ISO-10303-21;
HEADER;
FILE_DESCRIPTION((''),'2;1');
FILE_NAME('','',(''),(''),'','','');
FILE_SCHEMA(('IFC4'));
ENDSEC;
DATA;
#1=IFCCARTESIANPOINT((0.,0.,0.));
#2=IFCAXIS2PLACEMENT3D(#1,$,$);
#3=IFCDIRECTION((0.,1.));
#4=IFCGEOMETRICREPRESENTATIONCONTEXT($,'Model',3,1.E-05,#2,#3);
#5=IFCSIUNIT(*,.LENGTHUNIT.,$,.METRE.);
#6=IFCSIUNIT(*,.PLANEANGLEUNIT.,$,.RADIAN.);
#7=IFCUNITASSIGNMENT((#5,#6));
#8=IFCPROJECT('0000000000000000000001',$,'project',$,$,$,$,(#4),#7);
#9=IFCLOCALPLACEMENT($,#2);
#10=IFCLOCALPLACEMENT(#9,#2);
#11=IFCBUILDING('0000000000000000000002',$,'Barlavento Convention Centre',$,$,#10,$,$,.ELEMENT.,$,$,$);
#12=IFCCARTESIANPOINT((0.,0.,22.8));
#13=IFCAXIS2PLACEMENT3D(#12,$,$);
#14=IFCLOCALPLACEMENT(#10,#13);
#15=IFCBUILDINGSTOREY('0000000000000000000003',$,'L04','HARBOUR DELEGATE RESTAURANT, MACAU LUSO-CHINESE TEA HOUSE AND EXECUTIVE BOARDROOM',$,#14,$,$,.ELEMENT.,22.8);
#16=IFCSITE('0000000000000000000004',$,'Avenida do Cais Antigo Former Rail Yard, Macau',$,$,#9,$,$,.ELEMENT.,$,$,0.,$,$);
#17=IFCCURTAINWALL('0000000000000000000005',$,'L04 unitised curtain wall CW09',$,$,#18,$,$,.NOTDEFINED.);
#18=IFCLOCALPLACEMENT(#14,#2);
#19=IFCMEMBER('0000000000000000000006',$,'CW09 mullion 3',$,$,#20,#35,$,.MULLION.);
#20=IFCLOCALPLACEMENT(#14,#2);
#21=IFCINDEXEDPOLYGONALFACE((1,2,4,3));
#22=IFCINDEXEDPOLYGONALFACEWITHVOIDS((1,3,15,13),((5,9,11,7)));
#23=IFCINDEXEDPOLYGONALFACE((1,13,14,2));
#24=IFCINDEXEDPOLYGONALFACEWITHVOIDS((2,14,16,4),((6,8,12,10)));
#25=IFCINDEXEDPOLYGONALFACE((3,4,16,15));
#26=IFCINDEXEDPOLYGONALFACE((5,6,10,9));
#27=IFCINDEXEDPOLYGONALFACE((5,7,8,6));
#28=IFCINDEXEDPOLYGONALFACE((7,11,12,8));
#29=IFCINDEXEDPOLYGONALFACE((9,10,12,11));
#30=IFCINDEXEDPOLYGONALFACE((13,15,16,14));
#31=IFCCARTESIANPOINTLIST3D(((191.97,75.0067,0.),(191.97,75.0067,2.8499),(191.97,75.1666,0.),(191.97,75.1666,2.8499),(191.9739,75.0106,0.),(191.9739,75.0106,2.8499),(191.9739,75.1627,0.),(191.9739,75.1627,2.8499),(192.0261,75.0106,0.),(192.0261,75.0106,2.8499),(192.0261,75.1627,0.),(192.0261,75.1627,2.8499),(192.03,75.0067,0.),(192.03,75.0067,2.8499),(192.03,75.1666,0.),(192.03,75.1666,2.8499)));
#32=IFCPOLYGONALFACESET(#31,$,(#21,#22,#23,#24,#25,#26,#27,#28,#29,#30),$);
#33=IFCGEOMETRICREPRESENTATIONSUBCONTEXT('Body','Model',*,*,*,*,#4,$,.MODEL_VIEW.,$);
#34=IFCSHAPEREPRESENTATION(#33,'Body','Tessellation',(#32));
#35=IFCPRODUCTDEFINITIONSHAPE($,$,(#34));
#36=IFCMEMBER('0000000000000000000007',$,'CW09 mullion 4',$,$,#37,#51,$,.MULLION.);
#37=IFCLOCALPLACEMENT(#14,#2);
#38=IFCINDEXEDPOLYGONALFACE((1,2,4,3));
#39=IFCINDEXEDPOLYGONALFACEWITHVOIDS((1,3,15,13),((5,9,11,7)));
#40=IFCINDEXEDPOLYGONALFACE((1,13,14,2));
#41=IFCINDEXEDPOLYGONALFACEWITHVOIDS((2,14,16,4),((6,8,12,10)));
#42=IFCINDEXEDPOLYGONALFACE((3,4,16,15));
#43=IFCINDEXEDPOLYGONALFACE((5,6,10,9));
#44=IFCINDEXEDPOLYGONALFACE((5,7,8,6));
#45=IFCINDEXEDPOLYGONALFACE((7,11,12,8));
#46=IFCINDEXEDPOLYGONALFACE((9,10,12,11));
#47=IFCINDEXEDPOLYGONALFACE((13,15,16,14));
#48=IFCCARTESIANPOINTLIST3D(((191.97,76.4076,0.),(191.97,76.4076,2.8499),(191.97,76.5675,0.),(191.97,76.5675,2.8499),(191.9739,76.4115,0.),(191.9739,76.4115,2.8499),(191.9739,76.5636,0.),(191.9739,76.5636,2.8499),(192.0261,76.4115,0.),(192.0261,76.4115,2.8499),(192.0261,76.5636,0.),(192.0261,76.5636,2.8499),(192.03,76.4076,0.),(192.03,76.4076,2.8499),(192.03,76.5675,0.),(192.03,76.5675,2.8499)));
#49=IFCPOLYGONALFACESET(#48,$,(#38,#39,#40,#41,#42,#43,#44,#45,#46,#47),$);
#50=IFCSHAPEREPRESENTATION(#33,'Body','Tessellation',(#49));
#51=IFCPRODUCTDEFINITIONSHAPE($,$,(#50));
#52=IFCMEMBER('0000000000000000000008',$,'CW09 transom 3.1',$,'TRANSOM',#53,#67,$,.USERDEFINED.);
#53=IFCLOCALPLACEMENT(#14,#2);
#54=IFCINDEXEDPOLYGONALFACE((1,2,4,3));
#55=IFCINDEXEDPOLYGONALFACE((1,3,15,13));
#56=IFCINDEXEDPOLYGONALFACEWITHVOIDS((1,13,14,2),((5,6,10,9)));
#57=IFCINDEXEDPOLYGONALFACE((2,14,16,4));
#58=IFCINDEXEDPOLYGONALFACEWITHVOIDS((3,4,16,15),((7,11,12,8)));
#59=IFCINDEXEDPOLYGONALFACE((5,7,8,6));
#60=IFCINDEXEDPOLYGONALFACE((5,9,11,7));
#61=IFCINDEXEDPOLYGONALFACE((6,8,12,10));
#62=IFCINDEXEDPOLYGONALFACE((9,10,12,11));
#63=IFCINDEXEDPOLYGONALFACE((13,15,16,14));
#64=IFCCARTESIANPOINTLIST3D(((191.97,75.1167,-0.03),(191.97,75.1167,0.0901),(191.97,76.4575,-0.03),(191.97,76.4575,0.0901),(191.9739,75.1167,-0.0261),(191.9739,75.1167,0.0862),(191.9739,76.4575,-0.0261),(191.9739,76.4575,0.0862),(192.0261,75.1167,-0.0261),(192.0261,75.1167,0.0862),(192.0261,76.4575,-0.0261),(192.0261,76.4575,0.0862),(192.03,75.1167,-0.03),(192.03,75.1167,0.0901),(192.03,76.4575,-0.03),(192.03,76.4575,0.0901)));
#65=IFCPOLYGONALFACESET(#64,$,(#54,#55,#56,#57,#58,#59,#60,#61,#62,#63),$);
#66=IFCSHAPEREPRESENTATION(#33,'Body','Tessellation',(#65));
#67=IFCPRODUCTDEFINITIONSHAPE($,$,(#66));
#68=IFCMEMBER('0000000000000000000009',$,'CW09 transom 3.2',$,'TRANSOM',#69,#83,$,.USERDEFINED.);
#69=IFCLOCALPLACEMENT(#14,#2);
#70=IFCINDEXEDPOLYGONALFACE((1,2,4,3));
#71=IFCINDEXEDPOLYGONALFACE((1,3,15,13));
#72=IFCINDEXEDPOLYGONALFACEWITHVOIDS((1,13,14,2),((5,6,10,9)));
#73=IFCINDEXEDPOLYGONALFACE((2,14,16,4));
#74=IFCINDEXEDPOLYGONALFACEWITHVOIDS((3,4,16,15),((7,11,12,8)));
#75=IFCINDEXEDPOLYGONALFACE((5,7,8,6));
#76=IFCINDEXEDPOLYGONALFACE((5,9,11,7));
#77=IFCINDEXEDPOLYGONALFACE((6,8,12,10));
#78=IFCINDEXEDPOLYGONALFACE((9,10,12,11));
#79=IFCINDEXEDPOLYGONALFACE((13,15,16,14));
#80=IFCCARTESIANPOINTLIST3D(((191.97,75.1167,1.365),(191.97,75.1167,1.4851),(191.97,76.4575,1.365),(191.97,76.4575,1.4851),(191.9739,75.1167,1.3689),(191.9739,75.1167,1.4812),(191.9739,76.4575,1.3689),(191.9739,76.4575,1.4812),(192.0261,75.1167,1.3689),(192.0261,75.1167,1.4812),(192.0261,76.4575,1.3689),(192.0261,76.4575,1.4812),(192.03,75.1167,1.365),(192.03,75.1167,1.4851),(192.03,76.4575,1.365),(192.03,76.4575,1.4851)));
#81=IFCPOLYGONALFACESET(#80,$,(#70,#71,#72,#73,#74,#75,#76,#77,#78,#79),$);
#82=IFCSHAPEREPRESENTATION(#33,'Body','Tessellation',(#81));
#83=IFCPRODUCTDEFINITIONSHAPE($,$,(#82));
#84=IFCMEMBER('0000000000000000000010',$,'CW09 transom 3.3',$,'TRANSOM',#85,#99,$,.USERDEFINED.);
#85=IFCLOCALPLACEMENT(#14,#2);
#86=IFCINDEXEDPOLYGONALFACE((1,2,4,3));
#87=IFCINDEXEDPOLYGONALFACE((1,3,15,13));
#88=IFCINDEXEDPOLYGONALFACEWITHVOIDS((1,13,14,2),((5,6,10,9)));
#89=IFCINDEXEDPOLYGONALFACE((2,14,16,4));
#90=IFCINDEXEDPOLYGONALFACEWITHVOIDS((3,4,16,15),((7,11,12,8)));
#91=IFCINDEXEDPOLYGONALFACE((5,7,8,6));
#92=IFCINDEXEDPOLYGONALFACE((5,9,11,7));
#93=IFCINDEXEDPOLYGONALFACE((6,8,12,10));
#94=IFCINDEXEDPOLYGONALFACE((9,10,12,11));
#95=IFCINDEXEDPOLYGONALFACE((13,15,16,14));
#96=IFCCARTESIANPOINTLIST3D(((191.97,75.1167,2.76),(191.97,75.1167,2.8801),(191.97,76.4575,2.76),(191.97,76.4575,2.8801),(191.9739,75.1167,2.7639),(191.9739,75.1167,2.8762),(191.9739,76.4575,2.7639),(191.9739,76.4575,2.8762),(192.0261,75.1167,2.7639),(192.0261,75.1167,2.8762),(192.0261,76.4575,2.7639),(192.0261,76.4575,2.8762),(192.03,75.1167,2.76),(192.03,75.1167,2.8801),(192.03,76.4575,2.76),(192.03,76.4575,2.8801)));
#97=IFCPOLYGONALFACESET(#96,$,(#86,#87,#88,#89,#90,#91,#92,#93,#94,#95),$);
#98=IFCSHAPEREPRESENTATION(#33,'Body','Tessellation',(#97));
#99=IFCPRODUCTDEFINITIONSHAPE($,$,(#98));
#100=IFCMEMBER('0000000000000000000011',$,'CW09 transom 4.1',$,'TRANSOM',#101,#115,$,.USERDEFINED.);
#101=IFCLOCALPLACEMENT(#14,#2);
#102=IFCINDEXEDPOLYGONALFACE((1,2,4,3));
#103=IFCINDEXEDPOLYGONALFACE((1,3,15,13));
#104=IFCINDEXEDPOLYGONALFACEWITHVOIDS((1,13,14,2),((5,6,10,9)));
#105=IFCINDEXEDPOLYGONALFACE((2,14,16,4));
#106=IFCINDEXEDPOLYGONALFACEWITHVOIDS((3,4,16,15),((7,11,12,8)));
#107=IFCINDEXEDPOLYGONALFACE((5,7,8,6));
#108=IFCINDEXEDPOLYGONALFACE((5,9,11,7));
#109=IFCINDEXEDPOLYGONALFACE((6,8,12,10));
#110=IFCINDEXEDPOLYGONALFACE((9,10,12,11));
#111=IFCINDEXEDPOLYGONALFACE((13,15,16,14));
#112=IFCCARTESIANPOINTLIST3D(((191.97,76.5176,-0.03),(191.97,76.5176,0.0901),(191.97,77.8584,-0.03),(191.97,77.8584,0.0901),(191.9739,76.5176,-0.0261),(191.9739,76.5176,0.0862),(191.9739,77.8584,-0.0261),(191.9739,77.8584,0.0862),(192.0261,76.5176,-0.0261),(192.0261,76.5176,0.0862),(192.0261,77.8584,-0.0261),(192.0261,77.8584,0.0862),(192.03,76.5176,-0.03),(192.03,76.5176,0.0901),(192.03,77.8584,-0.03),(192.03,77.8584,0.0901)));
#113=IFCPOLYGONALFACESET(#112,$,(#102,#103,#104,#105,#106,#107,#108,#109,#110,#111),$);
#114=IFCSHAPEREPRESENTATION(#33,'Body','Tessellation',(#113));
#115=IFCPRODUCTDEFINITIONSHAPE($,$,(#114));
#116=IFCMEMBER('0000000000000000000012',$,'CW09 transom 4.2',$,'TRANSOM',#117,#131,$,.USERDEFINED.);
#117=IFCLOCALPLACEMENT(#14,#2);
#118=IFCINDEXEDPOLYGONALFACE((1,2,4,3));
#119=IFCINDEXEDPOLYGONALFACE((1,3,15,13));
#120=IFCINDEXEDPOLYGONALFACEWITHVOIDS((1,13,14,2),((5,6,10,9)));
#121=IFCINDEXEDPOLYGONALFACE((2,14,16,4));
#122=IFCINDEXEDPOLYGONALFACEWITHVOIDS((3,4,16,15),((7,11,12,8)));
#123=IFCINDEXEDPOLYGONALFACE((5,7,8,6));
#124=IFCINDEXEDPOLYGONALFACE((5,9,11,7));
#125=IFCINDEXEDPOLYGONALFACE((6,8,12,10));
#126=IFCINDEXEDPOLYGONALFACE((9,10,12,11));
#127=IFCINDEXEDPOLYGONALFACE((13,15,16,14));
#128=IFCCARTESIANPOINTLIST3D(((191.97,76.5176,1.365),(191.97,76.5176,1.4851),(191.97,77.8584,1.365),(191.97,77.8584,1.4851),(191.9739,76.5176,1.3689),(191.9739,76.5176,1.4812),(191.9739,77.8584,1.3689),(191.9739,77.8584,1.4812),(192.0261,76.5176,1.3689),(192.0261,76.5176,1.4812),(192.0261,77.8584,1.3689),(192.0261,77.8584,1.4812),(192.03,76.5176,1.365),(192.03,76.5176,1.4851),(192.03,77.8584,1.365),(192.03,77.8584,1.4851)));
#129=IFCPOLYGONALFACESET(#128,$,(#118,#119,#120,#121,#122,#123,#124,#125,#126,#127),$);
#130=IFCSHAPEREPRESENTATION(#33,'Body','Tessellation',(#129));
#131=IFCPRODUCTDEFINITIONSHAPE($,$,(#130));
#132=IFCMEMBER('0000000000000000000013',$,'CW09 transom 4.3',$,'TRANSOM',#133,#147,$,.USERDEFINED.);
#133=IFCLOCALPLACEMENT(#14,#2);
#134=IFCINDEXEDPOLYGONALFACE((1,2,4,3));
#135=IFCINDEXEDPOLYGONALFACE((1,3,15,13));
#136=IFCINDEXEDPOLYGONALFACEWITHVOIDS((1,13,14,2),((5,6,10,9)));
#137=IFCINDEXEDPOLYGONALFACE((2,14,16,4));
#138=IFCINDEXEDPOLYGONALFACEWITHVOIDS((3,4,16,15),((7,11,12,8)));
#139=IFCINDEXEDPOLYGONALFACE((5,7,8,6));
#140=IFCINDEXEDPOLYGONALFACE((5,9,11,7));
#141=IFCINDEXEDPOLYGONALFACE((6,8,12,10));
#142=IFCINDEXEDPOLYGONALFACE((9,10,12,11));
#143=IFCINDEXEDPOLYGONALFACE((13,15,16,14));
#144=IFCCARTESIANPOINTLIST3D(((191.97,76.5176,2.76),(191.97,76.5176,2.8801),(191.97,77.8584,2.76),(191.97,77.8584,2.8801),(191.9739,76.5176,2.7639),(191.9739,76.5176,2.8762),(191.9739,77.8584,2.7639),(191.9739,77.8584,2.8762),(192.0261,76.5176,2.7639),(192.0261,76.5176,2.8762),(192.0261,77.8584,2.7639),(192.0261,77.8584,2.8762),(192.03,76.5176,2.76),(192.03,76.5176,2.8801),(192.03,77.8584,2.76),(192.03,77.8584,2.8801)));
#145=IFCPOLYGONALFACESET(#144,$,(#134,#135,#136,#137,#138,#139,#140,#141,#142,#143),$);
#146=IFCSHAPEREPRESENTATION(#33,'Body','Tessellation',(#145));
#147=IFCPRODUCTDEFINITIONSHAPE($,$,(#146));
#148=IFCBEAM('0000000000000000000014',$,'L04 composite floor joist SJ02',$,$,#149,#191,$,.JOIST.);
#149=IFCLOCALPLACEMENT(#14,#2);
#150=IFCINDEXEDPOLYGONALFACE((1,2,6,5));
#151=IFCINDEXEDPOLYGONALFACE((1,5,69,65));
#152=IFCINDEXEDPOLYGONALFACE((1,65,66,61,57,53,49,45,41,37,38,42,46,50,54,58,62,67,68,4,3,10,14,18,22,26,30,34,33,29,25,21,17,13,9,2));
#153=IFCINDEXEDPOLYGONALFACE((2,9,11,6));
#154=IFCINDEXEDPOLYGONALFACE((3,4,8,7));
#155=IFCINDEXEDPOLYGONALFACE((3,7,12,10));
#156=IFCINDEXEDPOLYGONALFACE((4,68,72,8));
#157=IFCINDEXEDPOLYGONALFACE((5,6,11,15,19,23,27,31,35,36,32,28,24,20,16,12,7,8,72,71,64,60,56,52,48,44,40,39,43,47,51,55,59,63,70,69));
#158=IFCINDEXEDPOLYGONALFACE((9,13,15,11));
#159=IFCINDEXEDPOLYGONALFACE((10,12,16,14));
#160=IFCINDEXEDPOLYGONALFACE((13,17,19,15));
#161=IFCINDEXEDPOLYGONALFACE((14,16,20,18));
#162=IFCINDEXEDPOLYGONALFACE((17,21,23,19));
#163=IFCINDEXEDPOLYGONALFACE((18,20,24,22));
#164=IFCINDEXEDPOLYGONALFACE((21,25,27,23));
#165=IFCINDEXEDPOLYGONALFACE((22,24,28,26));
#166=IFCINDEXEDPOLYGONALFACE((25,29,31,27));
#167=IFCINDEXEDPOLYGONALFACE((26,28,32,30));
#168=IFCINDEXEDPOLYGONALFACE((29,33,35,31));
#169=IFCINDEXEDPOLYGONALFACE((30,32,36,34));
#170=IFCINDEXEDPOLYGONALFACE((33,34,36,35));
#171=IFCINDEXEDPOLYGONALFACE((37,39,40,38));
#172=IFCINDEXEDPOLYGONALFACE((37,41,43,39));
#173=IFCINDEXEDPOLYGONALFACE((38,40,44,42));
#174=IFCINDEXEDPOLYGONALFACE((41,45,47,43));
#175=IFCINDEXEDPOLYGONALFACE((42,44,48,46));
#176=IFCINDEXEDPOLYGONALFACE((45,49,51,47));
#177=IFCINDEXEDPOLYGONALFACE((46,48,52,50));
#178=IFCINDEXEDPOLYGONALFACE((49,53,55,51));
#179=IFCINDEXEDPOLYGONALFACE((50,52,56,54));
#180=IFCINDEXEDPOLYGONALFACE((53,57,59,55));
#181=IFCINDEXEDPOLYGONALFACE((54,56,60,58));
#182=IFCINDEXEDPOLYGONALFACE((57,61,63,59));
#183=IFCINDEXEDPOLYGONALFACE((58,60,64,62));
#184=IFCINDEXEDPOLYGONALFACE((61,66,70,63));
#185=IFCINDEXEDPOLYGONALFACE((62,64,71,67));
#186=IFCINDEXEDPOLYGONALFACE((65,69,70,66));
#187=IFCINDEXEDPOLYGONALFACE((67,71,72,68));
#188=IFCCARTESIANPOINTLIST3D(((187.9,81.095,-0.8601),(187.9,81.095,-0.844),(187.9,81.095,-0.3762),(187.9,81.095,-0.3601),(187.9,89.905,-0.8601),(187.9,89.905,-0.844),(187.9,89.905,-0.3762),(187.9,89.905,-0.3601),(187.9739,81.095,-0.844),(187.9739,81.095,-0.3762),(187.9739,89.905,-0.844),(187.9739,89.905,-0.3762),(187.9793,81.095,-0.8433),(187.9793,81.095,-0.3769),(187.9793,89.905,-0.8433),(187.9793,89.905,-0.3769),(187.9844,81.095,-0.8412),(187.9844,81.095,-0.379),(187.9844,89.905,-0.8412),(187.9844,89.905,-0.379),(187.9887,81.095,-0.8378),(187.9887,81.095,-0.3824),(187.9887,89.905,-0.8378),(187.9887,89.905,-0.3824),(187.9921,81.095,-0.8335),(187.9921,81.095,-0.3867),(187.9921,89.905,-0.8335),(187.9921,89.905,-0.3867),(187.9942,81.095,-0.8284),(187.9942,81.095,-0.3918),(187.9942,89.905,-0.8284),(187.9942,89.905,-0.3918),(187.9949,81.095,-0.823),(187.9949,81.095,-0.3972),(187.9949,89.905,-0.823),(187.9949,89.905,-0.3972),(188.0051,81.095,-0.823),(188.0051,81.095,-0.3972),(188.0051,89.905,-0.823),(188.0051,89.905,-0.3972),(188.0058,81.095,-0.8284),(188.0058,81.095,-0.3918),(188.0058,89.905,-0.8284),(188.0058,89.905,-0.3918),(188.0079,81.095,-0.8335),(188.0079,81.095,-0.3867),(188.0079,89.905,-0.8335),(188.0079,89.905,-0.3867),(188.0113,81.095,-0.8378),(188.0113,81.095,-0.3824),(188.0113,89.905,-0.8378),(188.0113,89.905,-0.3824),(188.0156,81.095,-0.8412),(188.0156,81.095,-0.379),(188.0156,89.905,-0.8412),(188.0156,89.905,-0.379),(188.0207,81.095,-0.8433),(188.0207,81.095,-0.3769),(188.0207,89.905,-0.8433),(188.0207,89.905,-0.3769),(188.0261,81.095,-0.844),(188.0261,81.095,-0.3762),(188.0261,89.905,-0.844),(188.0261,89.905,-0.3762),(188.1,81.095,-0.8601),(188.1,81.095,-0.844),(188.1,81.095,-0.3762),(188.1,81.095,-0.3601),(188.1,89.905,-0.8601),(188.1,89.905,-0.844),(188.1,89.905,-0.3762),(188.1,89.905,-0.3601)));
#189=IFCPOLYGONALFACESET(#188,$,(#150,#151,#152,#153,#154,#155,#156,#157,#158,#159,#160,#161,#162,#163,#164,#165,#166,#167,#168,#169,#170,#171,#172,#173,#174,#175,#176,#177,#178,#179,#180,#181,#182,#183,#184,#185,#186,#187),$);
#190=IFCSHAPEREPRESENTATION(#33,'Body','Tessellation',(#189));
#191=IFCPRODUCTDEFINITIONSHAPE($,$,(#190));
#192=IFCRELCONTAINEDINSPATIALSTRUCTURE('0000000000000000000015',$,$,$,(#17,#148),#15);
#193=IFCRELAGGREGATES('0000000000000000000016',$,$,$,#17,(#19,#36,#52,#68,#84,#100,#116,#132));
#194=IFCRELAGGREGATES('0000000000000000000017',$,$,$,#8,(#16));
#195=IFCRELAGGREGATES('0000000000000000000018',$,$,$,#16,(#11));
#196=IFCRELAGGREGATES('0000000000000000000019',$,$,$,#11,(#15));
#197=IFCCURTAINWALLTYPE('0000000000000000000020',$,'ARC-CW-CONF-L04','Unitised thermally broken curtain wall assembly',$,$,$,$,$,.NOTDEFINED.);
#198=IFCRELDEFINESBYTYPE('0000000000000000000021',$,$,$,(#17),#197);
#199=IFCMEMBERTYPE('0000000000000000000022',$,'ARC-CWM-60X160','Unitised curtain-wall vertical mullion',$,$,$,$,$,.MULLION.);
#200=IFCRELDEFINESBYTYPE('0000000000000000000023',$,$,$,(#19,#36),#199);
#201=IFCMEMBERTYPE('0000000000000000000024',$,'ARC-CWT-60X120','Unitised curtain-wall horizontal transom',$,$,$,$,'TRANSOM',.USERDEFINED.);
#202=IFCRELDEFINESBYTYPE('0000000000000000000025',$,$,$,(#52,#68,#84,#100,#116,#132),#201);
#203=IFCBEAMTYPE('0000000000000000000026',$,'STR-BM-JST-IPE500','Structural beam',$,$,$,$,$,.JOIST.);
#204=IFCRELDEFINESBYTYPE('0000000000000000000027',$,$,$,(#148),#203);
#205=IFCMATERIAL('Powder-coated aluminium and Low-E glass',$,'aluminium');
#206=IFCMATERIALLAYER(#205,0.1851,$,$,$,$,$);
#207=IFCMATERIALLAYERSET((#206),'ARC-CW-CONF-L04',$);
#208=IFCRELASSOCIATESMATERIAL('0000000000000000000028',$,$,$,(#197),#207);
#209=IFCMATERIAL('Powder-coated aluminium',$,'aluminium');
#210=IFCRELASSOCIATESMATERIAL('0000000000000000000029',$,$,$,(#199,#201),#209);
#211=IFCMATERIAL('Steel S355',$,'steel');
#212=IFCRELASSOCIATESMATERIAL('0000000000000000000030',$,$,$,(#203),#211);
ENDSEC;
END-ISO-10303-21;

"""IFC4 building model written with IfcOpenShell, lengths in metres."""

from ifc_helpers import new_model, si_unit, direction, frame, origin, origin_2d, place, context, subcontext, project, spatial, hollow_rectangle, i_section, extrude, material, layer, layer_set, material_profile, profile_set, type_object, element, aggregate, save


model = new_model("IFC4")

# Units and contexts
model_context = context("Model", 3, precision=1e-05, world=origin(), true_north=direction((0.0, 1.0)))
body_context = subcontext(model_context, "Body", "Model", "MODEL_VIEW")
ifc_project = project(units=[si_unit("LENGTHUNIT", "METRE"), si_unit("PLANEANGLEUNIT", "RADIAN")], contexts=[model_context])

# Site, building, storey
site_placement = place(None, origin())
site = spatial("IfcSite", under=ifc_project, at=site_placement, Name="Avenida do Cais Antigo Former Rail Yard, Macau", CompositionType="ELEMENT", RefElevation=0.0)
building_placement = place(site_placement, origin())
building = spatial("IfcBuilding", under=site, at=building_placement, Name="Barlavento Convention Centre", CompositionType="ELEMENT")
storey_placement = place(building_placement, frame((0.0, 0.0, 22.8)))
storey = spatial("IfcBuildingStorey", under=building, at=storey_placement, Name="L04", Description="HARBOUR DELEGATE RESTAURANT, MACAU LUSO-CHINESE TEA HOUSE AND EXECUTIVE BOARDROOM", CompositionType="ELEMENT", Elevation=22.8)

# Curtain wall, members
ifc_material_1 = material(Name="Powder-coated aluminium and Low-E glass", Category="aluminium")
ifc_layer_1 = layer(ifc_material_1, 0.1851)
ifc_layer_set_1 = layer_set([ifc_layer_1], Name="ARC-CW-CONF-L04")
curtain_wall_type = type_object("IfcCurtainWallType", Name="ARC-CW-CONF-L04", Description="Unitised thermally broken curtain wall assembly", PredefinedType="NOTDEFINED", material=ifc_layer_set_1)
curtain_wall_placement = place(storey_placement, origin())
curtain_wall = element("IfcCurtainWall", 1, at=curtain_wall_placement, inside=storey, type_object=curtain_wall_type, Name="L04 unitised curtain wall CW09", PredefinedType="NOTDEFINED")
ifc_material_2 = material(Name="Powder-coated aluminium", Category="aluminium")
ifc_material_profile_1 = material_profile(ifc_material_2, hollow_rectangle(XDim=0.0601, YDim=0.1599, WallThickness=0.0039, at=origin_2d()), Name="AL-MULL 60x160x4")
ifc_profile_set_1 = profile_set([ifc_material_profile_1], Name="Powder-coated aluminium")
member_type_1 = type_object("IfcMemberType", Name="ARC-CWM-60X160", Description="Unitised curtain-wall vertical mullion", PredefinedType="MULLION", material=ifc_profile_set_1)
member_1_placement = place(storey_placement, frame((192.0, 75.0867, 0.0), z_axis=(0.0, 0.0, 1.0), x_axis=(-1.0, 0.0, 0.0)))
member_1 = element("IfcMember", 2, at=member_1_placement, type_object=member_type_1, Name="CW09 mullion 3", PredefinedType="MULLION", context=body_context, shape_type="SweptSolid", body=[
    extrude(hollow_rectangle(XDim=0.0601, YDim=0.1599, WallThickness=0.0039, at=origin_2d()), origin(), (0.0, 0.0, 1.0), 2.8499),
])
member_2_placement = place(storey_placement, frame((192.0, 76.4875, 0.0), z_axis=(0.0, 0.0, 1.0), x_axis=(-1.0, 0.0, 0.0)))
member_2 = element("IfcMember", 3, at=member_2_placement, type_object=member_type_1, Name="CW09 mullion 4", PredefinedType="MULLION", context=body_context, shape_type="SweptSolid", body=[
    extrude(hollow_rectangle(XDim=0.0601, YDim=0.1599, WallThickness=0.0039, at=origin_2d()), origin(), (0.0, 0.0, 1.0), 2.8499),
])
ifc_material_profile_2 = material_profile(ifc_material_2, hollow_rectangle(XDim=0.0601, YDim=0.1201, WallThickness=0.0039, at=origin_2d()), Name="AL-TRAN 60x120x4")
ifc_profile_set_2 = profile_set([ifc_material_profile_2], Name="Powder-coated aluminium")
member_type_2 = type_object("IfcMemberType", Name="ARC-CWT-60X120", Description="Unitised curtain-wall horizontal transom", ElementType="TRANSOM", PredefinedType="USERDEFINED", material=ifc_profile_set_2)
member_3_placement = place(storey_placement, frame((192.0, 75.1167, 0.03), z_axis=(0.0, 1.0, 0.0), x_axis=(-1.0, 0.0, 0.0)))
member_3 = element("IfcMember", 4, at=member_3_placement, type_object=member_type_2, Name="CW09 transom 3.1", ObjectType="TRANSOM", PredefinedType="USERDEFINED", context=body_context, shape_type="SweptSolid", body=[
    extrude(hollow_rectangle(XDim=0.0601, YDim=0.1201, WallThickness=0.0039, at=origin_2d()), origin(), (0.0, 0.0, 1.0), 1.3408),
])
member_4_placement = place(storey_placement, frame((192.0, 75.1167, 1.425), z_axis=(0.0, 1.0, 0.0), x_axis=(-1.0, 0.0, 0.0)))
member_4 = element("IfcMember", 5, at=member_4_placement, type_object=member_type_2, Name="CW09 transom 3.2", ObjectType="TRANSOM", PredefinedType="USERDEFINED", context=body_context, shape_type="SweptSolid", body=[
    extrude(hollow_rectangle(XDim=0.0601, YDim=0.1201, WallThickness=0.0039, at=origin_2d()), origin(), (0.0, 0.0, 1.0), 1.3408),
])
member_5_placement = place(storey_placement, frame((192.0, 75.1167, 2.8201), z_axis=(0.0, 1.0, 0.0), x_axis=(-1.0, 0.0, 0.0)))
member_5 = element("IfcMember", 6, at=member_5_placement, type_object=member_type_2, Name="CW09 transom 3.3", ObjectType="TRANSOM", PredefinedType="USERDEFINED", context=body_context, shape_type="SweptSolid", body=[
    extrude(hollow_rectangle(XDim=0.0601, YDim=0.1201, WallThickness=0.0039, at=origin_2d()), origin(), (0.0, 0.0, 1.0), 1.3408),
])
member_6_placement = place(storey_placement, frame((192.0, 76.5176, 0.03), z_axis=(0.0, 1.0, 0.0), x_axis=(-1.0, 0.0, 0.0)))
member_6 = element("IfcMember", 7, at=member_6_placement, type_object=member_type_2, Name="CW09 transom 4.1", ObjectType="TRANSOM", PredefinedType="USERDEFINED", context=body_context, shape_type="SweptSolid", body=[
    extrude(hollow_rectangle(XDim=0.0601, YDim=0.1201, WallThickness=0.0039, at=origin_2d()), origin(), (0.0, 0.0, 1.0), 1.3408),
])
member_7_placement = place(storey_placement, frame((192.0, 76.5176, 1.425), z_axis=(0.0, 1.0, 0.0), x_axis=(-1.0, 0.0, 0.0)))
member_7 = element("IfcMember", 8, at=member_7_placement, type_object=member_type_2, Name="CW09 transom 4.2", ObjectType="TRANSOM", PredefinedType="USERDEFINED", context=body_context, shape_type="SweptSolid", body=[
    extrude(hollow_rectangle(XDim=0.0601, YDim=0.1201, WallThickness=0.0039, at=origin_2d()), origin(), (0.0, 0.0, 1.0), 1.3408),
])
member_8_placement = place(storey_placement, frame((192.0, 76.5176, 2.8201), z_axis=(0.0, 1.0, 0.0), x_axis=(-1.0, 0.0, 0.0)))
member_8 = element("IfcMember", 9, at=member_8_placement, type_object=member_type_2, Name="CW09 transom 4.3", ObjectType="TRANSOM", PredefinedType="USERDEFINED", context=body_context, shape_type="SweptSolid", body=[
    extrude(hollow_rectangle(XDim=0.0601, YDim=0.1201, WallThickness=0.0039, at=origin_2d()), origin(), (0.0, 0.0, 1.0), 1.3408),
])

# Beam
ifc_material_3 = material(Name="Steel S355", Category="steel")
ifc_material_profile_3 = material_profile(ifc_material_3, i_section(OverallWidth=0.2, OverallDepth=0.5, WebThickness=0.0103, FlangeThickness=0.0161, FilletRadius=0.021, at=origin_2d()), Name="IPE 500")
ifc_profile_set_3 = profile_set([ifc_material_profile_3], Name="Steel S355")
beam_type = type_object("IfcBeamType", Name="STR-BM-JST-IPE500", Description="Structural beam", PredefinedType="JOIST", material=ifc_profile_set_3)
beam_placement = place(storey_placement, frame((188.0, 81.095, -0.6101), z_axis=(0.0, 1.0, 0.0), x_axis=(-1.0, 0.0, 0.0)))
element("IfcBeam", 10, at=beam_placement, inside=storey, type_object=beam_type, Name="L04 composite floor joist SJ02", PredefinedType="JOIST", context=body_context, shape_type="SweptSolid", body=[
    extrude(i_section(OverallWidth=0.2, OverallDepth=0.5, WebThickness=0.0103, FlangeThickness=0.0161, FilletRadius=0.021, at=origin_2d()), origin(), (0.0, 0.0, 1.0), 8.8101),
])

aggregate(curtain_wall, [member_1, member_2, member_3, member_4, member_5, member_6, member_7, member_8])

save(model, "model.ifc")
